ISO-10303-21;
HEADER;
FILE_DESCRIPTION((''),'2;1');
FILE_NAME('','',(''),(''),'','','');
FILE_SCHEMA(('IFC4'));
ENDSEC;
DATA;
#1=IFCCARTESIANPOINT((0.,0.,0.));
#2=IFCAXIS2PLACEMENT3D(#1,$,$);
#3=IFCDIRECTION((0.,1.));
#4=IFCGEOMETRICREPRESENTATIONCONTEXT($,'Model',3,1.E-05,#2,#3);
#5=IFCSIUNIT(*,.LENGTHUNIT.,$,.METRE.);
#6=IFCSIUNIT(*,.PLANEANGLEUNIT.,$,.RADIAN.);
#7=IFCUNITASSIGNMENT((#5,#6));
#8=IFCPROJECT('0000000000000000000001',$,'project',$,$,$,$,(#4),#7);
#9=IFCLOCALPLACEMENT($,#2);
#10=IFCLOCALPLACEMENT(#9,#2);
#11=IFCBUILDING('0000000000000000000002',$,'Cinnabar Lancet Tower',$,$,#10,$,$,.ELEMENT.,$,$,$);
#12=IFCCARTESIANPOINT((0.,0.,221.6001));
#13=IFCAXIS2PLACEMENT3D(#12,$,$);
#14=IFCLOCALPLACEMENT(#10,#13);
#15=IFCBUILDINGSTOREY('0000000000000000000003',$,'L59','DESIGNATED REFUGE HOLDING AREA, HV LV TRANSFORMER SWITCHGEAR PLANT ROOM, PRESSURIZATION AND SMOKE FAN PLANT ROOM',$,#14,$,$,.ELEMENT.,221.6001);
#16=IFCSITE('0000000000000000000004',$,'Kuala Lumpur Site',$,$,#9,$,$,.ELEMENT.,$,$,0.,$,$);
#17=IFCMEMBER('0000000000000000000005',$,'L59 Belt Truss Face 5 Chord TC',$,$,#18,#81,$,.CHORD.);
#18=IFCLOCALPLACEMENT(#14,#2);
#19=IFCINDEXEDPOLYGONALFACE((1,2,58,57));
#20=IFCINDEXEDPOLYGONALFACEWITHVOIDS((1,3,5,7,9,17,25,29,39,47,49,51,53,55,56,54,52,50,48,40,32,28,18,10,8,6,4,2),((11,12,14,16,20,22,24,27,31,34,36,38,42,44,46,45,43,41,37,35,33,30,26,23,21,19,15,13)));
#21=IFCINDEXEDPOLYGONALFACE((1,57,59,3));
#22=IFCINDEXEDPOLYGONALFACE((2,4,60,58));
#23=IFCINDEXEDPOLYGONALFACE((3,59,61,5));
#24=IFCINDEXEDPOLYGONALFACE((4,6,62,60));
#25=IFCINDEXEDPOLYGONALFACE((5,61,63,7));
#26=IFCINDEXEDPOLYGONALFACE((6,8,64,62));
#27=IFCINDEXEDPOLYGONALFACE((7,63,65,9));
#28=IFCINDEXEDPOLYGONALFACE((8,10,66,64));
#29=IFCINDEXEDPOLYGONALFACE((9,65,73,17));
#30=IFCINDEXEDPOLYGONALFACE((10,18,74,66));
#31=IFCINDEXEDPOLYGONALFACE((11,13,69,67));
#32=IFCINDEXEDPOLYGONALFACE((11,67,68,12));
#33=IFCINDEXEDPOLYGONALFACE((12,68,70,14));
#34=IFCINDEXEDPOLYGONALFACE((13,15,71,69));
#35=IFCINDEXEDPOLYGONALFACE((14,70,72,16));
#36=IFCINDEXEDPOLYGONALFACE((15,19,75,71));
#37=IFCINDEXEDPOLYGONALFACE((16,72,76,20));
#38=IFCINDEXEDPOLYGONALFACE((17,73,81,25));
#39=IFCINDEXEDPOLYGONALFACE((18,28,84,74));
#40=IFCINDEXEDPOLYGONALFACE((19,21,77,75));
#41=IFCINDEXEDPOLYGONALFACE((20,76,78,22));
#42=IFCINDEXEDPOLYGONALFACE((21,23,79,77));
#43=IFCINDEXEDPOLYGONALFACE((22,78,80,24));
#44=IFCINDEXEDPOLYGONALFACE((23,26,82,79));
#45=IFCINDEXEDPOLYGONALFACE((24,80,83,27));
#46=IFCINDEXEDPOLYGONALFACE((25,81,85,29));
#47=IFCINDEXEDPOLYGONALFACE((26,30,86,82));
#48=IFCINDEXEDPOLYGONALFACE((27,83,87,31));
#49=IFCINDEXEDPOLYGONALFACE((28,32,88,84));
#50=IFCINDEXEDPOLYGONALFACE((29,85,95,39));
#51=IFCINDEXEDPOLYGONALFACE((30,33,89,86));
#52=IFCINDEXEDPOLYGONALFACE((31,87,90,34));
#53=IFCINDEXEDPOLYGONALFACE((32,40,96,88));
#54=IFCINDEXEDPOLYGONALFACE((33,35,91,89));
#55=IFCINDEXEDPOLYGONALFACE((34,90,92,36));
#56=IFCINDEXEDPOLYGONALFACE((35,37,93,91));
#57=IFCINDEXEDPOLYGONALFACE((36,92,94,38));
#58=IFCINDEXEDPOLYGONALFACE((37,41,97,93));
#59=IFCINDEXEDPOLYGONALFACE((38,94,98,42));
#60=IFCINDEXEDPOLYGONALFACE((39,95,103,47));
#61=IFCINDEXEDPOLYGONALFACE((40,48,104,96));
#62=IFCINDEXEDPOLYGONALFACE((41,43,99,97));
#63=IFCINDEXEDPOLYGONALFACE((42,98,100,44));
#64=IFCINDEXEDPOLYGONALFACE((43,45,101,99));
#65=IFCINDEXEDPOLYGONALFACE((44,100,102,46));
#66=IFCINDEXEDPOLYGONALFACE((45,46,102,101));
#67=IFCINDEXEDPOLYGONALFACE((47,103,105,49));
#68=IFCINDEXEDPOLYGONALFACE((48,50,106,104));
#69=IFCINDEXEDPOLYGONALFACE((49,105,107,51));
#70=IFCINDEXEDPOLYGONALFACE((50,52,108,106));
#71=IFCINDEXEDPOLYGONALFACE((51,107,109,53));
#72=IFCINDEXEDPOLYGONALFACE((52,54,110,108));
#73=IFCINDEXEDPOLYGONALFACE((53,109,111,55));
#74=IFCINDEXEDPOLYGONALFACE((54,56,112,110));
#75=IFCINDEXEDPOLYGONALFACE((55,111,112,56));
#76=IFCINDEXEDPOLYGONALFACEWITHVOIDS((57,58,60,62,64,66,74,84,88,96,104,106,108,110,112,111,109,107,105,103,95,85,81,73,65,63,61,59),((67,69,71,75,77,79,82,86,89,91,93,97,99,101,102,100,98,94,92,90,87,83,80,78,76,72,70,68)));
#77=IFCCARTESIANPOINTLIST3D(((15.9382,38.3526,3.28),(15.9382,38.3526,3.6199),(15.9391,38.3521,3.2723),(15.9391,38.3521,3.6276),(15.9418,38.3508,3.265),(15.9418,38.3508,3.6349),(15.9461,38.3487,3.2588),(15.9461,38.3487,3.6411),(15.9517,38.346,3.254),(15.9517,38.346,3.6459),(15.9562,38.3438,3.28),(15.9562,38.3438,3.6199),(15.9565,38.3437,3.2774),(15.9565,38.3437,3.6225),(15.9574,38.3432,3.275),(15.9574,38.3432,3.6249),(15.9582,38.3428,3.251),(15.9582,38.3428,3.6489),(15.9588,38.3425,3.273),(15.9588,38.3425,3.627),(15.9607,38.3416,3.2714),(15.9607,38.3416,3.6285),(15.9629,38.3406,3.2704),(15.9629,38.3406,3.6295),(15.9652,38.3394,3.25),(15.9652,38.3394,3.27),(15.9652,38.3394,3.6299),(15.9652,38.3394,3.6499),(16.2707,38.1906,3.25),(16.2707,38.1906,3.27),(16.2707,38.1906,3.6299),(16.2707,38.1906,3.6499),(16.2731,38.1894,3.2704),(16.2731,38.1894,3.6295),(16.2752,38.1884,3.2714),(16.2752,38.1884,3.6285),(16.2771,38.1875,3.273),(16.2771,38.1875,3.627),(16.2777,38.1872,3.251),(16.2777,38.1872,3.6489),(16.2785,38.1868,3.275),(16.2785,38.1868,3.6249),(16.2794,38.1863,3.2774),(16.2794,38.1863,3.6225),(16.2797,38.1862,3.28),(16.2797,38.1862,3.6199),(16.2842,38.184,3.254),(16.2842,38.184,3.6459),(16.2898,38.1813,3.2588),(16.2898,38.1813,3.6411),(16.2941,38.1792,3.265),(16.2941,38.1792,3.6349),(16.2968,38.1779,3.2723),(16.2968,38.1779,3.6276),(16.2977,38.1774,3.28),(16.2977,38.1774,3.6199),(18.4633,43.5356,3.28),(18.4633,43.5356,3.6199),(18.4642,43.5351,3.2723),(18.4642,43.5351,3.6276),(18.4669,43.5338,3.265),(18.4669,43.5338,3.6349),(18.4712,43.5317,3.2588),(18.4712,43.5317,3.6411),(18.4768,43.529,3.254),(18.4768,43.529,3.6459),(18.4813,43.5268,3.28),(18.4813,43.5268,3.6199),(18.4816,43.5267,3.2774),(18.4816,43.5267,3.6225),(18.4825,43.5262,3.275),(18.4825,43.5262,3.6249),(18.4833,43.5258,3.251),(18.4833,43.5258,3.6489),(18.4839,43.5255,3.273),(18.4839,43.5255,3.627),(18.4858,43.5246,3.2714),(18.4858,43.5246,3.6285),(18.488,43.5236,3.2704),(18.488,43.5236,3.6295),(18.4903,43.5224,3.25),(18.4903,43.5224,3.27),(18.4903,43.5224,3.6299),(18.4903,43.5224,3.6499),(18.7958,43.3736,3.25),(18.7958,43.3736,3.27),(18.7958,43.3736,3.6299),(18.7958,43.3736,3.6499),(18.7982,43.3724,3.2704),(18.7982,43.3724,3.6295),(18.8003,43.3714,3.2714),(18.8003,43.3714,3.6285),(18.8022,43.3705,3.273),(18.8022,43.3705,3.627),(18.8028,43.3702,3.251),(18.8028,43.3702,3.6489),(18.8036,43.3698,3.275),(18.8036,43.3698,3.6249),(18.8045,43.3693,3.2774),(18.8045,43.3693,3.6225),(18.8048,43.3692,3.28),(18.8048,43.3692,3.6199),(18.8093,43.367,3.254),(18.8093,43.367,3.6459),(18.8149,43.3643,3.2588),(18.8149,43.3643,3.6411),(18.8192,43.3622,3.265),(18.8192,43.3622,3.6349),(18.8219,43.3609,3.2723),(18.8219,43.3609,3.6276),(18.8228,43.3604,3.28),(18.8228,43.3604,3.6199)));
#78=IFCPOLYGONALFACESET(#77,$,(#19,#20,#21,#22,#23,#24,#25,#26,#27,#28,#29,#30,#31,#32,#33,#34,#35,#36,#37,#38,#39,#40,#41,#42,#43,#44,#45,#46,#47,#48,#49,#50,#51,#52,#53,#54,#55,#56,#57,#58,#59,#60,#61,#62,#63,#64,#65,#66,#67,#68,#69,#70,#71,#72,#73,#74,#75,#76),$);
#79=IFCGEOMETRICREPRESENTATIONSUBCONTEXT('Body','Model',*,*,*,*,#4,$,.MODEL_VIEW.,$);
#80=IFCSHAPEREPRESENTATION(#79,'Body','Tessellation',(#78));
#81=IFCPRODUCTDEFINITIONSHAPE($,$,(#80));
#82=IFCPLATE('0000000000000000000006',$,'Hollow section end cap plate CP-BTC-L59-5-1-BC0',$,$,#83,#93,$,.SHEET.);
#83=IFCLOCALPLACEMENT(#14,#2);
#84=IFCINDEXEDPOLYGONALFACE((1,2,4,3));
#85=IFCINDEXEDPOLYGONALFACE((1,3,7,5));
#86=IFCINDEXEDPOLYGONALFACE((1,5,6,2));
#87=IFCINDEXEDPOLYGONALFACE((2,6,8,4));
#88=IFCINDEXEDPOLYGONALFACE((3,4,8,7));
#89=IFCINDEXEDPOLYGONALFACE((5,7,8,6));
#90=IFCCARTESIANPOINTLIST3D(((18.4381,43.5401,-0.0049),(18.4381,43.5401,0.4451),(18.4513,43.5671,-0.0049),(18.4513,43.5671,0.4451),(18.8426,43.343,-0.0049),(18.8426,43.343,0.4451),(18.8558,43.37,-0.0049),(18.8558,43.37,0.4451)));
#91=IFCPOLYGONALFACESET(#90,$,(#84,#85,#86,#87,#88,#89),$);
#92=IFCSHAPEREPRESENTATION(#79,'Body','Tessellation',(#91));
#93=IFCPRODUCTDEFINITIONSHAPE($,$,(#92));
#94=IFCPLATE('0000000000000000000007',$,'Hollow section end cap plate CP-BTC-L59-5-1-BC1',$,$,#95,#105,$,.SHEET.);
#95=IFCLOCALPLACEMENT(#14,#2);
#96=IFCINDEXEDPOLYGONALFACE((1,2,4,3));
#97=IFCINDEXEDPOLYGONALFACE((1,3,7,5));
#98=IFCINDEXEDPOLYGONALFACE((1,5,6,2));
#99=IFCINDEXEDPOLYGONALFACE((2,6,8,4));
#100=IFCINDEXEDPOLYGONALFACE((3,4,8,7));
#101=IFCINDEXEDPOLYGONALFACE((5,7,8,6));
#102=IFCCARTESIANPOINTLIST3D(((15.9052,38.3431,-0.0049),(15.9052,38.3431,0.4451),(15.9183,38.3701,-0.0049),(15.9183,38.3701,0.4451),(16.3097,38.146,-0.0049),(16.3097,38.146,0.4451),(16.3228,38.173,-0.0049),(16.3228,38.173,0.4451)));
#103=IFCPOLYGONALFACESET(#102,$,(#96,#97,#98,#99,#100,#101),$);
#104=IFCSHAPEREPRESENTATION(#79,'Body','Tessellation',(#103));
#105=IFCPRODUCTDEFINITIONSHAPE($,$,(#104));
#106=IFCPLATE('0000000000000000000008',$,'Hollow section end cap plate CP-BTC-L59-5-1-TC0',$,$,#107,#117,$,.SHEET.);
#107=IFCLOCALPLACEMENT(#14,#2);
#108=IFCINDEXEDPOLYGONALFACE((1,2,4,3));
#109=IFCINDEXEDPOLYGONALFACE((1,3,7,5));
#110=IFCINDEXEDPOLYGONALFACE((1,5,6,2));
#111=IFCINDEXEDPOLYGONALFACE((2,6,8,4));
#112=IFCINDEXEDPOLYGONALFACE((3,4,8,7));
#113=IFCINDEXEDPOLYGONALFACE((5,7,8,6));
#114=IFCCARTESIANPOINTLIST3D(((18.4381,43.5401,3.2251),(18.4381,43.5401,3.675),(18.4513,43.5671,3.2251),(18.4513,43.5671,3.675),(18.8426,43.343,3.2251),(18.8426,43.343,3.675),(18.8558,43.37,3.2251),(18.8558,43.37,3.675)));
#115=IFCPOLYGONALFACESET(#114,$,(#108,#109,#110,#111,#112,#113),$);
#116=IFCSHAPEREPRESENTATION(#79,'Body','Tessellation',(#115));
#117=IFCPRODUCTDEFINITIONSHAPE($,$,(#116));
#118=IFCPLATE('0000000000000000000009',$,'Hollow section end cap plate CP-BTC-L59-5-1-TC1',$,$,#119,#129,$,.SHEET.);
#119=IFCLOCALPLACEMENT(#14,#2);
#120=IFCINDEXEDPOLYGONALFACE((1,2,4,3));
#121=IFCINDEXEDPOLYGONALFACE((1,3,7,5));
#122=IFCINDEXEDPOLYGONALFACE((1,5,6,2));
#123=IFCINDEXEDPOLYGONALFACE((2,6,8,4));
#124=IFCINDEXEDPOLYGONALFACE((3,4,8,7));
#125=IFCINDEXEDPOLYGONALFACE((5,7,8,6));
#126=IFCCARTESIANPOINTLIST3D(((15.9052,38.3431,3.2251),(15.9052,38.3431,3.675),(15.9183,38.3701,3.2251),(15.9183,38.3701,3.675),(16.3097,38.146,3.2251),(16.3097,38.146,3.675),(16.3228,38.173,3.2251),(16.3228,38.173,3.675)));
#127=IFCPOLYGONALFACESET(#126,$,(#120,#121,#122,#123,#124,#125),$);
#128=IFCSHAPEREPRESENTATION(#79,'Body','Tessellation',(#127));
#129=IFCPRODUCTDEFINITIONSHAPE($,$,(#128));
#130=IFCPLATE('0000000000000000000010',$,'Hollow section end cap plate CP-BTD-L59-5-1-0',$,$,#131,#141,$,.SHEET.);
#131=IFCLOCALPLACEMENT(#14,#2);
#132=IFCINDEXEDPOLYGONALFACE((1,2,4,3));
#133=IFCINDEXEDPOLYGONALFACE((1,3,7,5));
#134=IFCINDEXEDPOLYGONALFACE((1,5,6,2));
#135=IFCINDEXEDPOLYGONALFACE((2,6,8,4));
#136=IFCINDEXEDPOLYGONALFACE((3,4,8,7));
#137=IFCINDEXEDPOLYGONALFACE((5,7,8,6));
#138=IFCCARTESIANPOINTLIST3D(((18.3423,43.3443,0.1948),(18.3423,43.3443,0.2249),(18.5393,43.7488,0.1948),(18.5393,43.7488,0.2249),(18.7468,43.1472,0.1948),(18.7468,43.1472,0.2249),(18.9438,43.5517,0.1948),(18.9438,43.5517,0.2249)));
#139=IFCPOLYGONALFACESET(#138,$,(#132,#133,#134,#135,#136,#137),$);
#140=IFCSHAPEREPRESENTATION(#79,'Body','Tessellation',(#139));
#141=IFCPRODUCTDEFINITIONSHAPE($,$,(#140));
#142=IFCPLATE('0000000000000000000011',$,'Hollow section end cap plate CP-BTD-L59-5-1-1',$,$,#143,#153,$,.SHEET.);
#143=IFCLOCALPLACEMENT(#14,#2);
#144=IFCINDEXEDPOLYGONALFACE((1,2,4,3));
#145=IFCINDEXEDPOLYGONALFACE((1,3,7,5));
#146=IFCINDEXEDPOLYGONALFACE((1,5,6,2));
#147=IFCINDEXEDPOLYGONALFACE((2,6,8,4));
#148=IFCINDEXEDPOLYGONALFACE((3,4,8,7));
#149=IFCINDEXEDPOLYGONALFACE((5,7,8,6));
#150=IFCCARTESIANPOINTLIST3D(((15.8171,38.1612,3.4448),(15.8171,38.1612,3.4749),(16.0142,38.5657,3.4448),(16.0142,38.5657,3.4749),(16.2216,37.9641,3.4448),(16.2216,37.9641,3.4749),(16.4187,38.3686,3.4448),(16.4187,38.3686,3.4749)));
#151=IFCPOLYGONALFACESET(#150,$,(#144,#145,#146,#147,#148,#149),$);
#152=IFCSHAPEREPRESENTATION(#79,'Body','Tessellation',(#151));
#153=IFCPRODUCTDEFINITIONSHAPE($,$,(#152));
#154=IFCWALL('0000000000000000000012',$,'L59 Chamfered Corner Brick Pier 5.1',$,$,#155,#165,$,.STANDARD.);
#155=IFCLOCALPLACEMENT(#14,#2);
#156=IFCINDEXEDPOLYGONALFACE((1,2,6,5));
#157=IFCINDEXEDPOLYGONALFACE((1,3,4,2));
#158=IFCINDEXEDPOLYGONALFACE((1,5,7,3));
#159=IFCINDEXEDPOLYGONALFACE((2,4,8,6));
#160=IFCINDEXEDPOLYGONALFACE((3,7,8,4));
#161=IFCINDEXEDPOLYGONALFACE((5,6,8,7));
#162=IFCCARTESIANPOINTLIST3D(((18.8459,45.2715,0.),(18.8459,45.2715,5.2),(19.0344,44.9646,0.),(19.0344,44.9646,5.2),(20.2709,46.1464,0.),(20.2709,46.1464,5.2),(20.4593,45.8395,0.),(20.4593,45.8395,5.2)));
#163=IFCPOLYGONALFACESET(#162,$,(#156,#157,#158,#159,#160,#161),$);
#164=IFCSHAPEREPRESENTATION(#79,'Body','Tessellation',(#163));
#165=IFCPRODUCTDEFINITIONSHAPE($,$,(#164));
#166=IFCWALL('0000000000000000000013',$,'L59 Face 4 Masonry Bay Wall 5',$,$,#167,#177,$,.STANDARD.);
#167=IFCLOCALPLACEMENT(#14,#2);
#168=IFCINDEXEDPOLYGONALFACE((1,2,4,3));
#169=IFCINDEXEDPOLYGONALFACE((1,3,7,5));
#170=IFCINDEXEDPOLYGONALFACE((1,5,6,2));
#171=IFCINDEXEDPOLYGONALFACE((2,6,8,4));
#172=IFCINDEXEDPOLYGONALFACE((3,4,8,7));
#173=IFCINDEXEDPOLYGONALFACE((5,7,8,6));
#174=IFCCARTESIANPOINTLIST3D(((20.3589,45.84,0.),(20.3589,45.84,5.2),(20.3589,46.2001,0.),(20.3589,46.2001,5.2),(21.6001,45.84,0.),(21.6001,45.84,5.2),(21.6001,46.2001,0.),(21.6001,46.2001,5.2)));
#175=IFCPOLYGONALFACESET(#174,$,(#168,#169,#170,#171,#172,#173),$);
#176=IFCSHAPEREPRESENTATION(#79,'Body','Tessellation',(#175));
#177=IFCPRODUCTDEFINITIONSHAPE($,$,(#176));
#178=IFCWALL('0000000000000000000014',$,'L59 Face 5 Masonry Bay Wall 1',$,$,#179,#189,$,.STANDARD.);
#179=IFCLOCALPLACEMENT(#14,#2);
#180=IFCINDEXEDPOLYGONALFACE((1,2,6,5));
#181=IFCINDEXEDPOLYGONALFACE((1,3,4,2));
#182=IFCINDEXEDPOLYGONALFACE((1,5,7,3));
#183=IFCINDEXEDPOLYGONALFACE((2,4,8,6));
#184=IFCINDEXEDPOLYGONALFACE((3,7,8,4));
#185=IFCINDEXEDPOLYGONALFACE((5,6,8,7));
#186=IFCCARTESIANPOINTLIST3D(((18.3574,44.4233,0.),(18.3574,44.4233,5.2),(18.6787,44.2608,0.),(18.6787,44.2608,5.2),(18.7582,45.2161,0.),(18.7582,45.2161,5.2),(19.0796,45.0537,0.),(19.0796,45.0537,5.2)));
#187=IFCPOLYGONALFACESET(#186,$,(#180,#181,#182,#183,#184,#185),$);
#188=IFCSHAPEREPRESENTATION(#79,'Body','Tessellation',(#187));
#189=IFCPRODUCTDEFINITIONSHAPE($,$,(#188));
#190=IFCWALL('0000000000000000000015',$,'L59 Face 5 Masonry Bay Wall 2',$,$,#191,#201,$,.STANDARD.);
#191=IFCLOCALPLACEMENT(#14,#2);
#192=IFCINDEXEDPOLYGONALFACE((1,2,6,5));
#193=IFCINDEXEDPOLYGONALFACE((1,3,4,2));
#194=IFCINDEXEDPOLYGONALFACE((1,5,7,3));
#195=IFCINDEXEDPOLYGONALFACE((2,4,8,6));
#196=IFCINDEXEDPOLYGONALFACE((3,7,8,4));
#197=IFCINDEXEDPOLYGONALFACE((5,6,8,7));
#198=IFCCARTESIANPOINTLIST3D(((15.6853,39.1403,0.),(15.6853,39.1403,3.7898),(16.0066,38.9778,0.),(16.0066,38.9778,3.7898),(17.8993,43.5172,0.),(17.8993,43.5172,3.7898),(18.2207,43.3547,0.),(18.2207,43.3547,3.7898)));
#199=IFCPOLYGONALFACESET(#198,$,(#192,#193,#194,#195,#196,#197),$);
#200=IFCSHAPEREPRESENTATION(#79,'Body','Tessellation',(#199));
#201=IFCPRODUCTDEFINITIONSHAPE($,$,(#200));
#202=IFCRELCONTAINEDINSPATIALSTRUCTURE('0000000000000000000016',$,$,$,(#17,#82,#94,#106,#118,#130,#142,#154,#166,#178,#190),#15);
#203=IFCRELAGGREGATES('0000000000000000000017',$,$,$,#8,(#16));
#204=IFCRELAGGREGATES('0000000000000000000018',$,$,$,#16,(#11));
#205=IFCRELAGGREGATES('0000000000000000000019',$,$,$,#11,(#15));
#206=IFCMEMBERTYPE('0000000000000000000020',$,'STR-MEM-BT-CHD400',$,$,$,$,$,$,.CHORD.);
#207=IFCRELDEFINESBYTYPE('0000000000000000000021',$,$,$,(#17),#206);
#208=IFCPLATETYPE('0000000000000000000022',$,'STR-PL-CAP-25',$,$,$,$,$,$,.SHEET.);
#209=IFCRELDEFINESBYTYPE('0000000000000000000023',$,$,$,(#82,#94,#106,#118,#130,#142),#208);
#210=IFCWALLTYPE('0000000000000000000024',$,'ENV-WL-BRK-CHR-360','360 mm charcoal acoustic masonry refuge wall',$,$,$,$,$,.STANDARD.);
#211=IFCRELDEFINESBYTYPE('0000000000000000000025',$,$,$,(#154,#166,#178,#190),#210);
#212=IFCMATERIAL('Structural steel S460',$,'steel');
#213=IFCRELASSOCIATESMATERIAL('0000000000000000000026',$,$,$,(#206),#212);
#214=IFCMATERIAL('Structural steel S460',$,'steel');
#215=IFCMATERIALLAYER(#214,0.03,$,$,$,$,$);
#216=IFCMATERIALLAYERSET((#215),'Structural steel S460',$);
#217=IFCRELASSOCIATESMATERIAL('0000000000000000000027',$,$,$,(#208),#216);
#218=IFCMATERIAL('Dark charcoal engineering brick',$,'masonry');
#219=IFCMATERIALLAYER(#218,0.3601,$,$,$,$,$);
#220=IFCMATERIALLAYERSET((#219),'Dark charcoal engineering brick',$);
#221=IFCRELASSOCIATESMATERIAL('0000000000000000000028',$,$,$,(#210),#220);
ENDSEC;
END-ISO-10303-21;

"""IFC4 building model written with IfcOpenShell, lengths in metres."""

from ifc_helpers import new_model, si_unit, direction, frame, frame_2d, origin, origin_2d, place, context, subcontext, project, spatial, rectangle, hollow_rectangle, extrude, material, layer, layer_set, material_profile, profile_set, type_object, element, save


model = new_model("IFC4")

# Units and contexts
model_context = context("Model", 3, precision=1e-05, world=origin(), true_north=direction((0.0, 1.0)))
body_context = subcontext(model_context, "Body", "Model", "MODEL_VIEW")
ifc_project = project(units=[si_unit("LENGTHUNIT", "METRE"), si_unit("PLANEANGLEUNIT", "RADIAN")], contexts=[model_context])

# Site, building, storey
site_placement = place(None, origin())
site = spatial("IfcSite", under=ifc_project, at=site_placement, Name="Kuala Lumpur Site", CompositionType="ELEMENT", RefElevation=0.0)
building_placement = place(site_placement, origin())
building = spatial("IfcBuilding", under=site, at=building_placement, Name="Cinnabar Lancet Tower", CompositionType="ELEMENT")
storey_placement = place(building_placement, frame((0.0, 0.0, 221.6001)))
storey = spatial("IfcBuildingStorey", under=building, at=storey_placement, Name="L59", Description="DESIGNATED REFUGE HOLDING AREA, HV LV TRANSFORMER SWITCHGEAR PLANT ROOM, PRESSURIZATION AND SMOKE FAN PLANT ROOM", CompositionType="ELEMENT", Elevation=221.6001)

# Member
ifc_material_1 = material(Name="Structural steel S460", Category="steel")
ifc_material_profile_1 = material_profile(ifc_material_1, hollow_rectangle(XDim=0.3999, YDim=0.3999, WallThickness=0.02, InnerFilletRadius=0.01, OuterFilletRadius=0.03, at=origin_2d()), Name="SHS 400x400x20")
ifc_profile_set_1 = profile_set([ifc_material_profile_1], Name="Structural steel S460")
member_type_1 = type_object("IfcMemberType", Name="STR-MEM-BT-CHD400", PredefinedType="CHORD", material=ifc_profile_set_1)
for number, where, z_axis, x_axis, name in (
    (1, (18.6431, 43.448, 3.45), (-0.437976, -0.898987, 0.0), (0.898987, -0.437976, 0.0), "L59 Belt Truss Face 5 Chord TC"),
):
    element("IfcMember", number, at=place(storey_placement, frame(where, z_axis=z_axis, x_axis=x_axis)), inside=storey, type_object=member_type_1, Name=name, PredefinedType="CHORD", context=body_context, shape_type="SweptSolid", body=[
        extrude(hollow_rectangle(XDim=0.3999, YDim=0.3999, WallThickness=0.02, InnerFilletRadius=0.01, OuterFilletRadius=0.03, at=origin_2d()), origin(), (0.0, 0.0, 1.0), 5.7654),
    ])

# Plates
ifc_material_2 = material(Name="Structural steel S460", Category="steel")
ifc_layer_1 = layer(ifc_material_2, 0.03)
ifc_layer_set_1 = layer_set([ifc_layer_1], Name="Structural steel S460")
plate_type = type_object("IfcPlateType", Name="STR-PL-CAP-25", PredefinedType="SHEET", material=ifc_layer_set_1)
for number, where, z_axis, x_axis, name in (
    (2, (18.647, 43.4551, -0.0049), (0.0, 0.0, 1.0), (0.437963, 0.898993, 0.0), "Hollow section end cap plate CP-BTC-L59-5-1-BC0"),
    (3, (16.114, 38.2581, -0.0049), (0.0, 0.0, 1.0), (-0.437963, -0.898993, 0.0), "Hollow section end cap plate CP-BTC-L59-5-1-BC1"),
    (4, (18.647, 43.4551, 3.2251), (0.0, 0.0, 1.0), (0.437963, 0.898993, 0.0), "Hollow section end cap plate CP-BTC-L59-5-1-TC0"),
    (5, (16.114, 38.2581, 3.2251), (0.0, 0.0, 1.0), (-0.437963, -0.898993, 0.0), "Hollow section end cap plate CP-BTC-L59-5-1-TC1"),
):
    element("IfcPlate", number, at=place(storey_placement, frame(where, z_axis=z_axis, x_axis=x_axis)), inside=storey, type_object=plate_type, Name=name, PredefinedType="SHEET", context=body_context, shape_type="SweptSolid", body=[
        extrude(rectangle(XDim=0.03, YDim=0.45, at=origin_2d()), origin(), (0.0, 0.0, 1.0), 0.45),
    ])
for number, where, z_axis, x_axis, name in (
    (6, (18.6431, 43.448, 0.1948), (0.0, 0.0, 1.0), (0.437963, 0.898993, 0.0), "Hollow section end cap plate CP-BTD-L59-5-1-0"),
    (7, (16.1179, 38.2649, 3.4448), (0.0, 0.0, 1.0), (-0.437963, -0.898993, 0.0), "Hollow section end cap plate CP-BTD-L59-5-1-1"),
):
    element("IfcPlate", number, at=place(storey_placement, frame(where, z_axis=z_axis, x_axis=x_axis)), inside=storey, type_object=plate_type, Name=name, PredefinedType="SHEET", context=body_context, shape_type="SweptSolid", body=[
        extrude(rectangle(XDim=0.45, YDim=0.45, at=origin_2d()), origin(), (0.0, 0.0, 1.0), 0.03),
    ])

# Walls
ifc_material_3 = material(Name="Dark charcoal engineering brick", Category="masonry")
ifc_layer_2 = layer(ifc_material_3, 0.3601)
ifc_layer_set_2 = layer_set([ifc_layer_2], Name="Dark charcoal engineering brick")
wall_type = type_object("IfcWallType", Name="ENV-WL-BRK-CHR-360", Description="360 mm charcoal acoustic masonry refuge wall", PredefinedType="STANDARD", material=ifc_layer_set_2)
wall_1_placement = place(storey_placement, frame((20.365, 45.9929, 0.0), z_axis=(0.0, 0.0, 1.0), x_axis=(-0.852179, -0.52325, 0.0)))
element("IfcWall", 8, at=wall_1_placement, inside=storey, type_object=wall_type, Name="L59 Chamfered Corner Brick Pier 5.1", PredefinedType="STANDARD", context=body_context, shape_type="SweptSolid", body=[
    extrude(rectangle(XDim=1.6721, YDim=0.3601, at=frame_2d((0.8359, 0.0))), origin(), (0.0, 0.0, 1.0), 5.2),
])
wall_2_placement = place(storey_placement, frame((21.6001, 46.02, 0.0), z_axis=(0.0, 0.0, 1.0), x_axis=(-1.0, 0.0, 0.0)))
element("IfcWall", 9, at=wall_2_placement, inside=storey, type_object=wall_type, Name="L59 Face 4 Masonry Bay Wall 5", PredefinedType="STANDARD", context=body_context, shape_type="SweptSolid", body=[
    extrude(rectangle(XDim=1.2412, YDim=0.3601, at=frame_2d((0.6206, 0.0))), origin(), (0.0, 0.0, 1.0), 5.2),
])
wall_3_placement = place(storey_placement, frame((18.9189, 45.135, 0.0), z_axis=(0.0, 0.0, 1.0), x_axis=(-0.451166, -0.89244, 0.0)))
element("IfcWall", 10, at=wall_3_placement, inside=storey, type_object=wall_type, Name="L59 Face 5 Masonry Bay Wall 1", PredefinedType="STANDARD", context=body_context, shape_type="SweptSolid", body=[
    extrude(rectangle(XDim=0.8884, YDim=0.3601, at=frame_2d((0.4443, 0.0))), origin(), (0.0, 0.0, 1.0), 5.2),
])
wall_4_placement = place(storey_placement, frame((18.0601, 43.436, 0.0), z_axis=(0.0, 0.0, 1.0), x_axis=(-0.45139, -0.892327, 0.0)))
element("IfcWall", 11, at=wall_4_placement, inside=storey, type_object=wall_type, Name="L59 Face 5 Masonry Bay Wall 2", PredefinedType="STANDARD", context=body_context, shape_type="SweptSolid", body=[
    extrude(rectangle(XDim=4.905, YDim=0.3601, at=frame_2d((2.4526, 0.0))), origin(), (0.0, 0.0, 1.0), 3.7898),
])

save(model, "model.ifc")
